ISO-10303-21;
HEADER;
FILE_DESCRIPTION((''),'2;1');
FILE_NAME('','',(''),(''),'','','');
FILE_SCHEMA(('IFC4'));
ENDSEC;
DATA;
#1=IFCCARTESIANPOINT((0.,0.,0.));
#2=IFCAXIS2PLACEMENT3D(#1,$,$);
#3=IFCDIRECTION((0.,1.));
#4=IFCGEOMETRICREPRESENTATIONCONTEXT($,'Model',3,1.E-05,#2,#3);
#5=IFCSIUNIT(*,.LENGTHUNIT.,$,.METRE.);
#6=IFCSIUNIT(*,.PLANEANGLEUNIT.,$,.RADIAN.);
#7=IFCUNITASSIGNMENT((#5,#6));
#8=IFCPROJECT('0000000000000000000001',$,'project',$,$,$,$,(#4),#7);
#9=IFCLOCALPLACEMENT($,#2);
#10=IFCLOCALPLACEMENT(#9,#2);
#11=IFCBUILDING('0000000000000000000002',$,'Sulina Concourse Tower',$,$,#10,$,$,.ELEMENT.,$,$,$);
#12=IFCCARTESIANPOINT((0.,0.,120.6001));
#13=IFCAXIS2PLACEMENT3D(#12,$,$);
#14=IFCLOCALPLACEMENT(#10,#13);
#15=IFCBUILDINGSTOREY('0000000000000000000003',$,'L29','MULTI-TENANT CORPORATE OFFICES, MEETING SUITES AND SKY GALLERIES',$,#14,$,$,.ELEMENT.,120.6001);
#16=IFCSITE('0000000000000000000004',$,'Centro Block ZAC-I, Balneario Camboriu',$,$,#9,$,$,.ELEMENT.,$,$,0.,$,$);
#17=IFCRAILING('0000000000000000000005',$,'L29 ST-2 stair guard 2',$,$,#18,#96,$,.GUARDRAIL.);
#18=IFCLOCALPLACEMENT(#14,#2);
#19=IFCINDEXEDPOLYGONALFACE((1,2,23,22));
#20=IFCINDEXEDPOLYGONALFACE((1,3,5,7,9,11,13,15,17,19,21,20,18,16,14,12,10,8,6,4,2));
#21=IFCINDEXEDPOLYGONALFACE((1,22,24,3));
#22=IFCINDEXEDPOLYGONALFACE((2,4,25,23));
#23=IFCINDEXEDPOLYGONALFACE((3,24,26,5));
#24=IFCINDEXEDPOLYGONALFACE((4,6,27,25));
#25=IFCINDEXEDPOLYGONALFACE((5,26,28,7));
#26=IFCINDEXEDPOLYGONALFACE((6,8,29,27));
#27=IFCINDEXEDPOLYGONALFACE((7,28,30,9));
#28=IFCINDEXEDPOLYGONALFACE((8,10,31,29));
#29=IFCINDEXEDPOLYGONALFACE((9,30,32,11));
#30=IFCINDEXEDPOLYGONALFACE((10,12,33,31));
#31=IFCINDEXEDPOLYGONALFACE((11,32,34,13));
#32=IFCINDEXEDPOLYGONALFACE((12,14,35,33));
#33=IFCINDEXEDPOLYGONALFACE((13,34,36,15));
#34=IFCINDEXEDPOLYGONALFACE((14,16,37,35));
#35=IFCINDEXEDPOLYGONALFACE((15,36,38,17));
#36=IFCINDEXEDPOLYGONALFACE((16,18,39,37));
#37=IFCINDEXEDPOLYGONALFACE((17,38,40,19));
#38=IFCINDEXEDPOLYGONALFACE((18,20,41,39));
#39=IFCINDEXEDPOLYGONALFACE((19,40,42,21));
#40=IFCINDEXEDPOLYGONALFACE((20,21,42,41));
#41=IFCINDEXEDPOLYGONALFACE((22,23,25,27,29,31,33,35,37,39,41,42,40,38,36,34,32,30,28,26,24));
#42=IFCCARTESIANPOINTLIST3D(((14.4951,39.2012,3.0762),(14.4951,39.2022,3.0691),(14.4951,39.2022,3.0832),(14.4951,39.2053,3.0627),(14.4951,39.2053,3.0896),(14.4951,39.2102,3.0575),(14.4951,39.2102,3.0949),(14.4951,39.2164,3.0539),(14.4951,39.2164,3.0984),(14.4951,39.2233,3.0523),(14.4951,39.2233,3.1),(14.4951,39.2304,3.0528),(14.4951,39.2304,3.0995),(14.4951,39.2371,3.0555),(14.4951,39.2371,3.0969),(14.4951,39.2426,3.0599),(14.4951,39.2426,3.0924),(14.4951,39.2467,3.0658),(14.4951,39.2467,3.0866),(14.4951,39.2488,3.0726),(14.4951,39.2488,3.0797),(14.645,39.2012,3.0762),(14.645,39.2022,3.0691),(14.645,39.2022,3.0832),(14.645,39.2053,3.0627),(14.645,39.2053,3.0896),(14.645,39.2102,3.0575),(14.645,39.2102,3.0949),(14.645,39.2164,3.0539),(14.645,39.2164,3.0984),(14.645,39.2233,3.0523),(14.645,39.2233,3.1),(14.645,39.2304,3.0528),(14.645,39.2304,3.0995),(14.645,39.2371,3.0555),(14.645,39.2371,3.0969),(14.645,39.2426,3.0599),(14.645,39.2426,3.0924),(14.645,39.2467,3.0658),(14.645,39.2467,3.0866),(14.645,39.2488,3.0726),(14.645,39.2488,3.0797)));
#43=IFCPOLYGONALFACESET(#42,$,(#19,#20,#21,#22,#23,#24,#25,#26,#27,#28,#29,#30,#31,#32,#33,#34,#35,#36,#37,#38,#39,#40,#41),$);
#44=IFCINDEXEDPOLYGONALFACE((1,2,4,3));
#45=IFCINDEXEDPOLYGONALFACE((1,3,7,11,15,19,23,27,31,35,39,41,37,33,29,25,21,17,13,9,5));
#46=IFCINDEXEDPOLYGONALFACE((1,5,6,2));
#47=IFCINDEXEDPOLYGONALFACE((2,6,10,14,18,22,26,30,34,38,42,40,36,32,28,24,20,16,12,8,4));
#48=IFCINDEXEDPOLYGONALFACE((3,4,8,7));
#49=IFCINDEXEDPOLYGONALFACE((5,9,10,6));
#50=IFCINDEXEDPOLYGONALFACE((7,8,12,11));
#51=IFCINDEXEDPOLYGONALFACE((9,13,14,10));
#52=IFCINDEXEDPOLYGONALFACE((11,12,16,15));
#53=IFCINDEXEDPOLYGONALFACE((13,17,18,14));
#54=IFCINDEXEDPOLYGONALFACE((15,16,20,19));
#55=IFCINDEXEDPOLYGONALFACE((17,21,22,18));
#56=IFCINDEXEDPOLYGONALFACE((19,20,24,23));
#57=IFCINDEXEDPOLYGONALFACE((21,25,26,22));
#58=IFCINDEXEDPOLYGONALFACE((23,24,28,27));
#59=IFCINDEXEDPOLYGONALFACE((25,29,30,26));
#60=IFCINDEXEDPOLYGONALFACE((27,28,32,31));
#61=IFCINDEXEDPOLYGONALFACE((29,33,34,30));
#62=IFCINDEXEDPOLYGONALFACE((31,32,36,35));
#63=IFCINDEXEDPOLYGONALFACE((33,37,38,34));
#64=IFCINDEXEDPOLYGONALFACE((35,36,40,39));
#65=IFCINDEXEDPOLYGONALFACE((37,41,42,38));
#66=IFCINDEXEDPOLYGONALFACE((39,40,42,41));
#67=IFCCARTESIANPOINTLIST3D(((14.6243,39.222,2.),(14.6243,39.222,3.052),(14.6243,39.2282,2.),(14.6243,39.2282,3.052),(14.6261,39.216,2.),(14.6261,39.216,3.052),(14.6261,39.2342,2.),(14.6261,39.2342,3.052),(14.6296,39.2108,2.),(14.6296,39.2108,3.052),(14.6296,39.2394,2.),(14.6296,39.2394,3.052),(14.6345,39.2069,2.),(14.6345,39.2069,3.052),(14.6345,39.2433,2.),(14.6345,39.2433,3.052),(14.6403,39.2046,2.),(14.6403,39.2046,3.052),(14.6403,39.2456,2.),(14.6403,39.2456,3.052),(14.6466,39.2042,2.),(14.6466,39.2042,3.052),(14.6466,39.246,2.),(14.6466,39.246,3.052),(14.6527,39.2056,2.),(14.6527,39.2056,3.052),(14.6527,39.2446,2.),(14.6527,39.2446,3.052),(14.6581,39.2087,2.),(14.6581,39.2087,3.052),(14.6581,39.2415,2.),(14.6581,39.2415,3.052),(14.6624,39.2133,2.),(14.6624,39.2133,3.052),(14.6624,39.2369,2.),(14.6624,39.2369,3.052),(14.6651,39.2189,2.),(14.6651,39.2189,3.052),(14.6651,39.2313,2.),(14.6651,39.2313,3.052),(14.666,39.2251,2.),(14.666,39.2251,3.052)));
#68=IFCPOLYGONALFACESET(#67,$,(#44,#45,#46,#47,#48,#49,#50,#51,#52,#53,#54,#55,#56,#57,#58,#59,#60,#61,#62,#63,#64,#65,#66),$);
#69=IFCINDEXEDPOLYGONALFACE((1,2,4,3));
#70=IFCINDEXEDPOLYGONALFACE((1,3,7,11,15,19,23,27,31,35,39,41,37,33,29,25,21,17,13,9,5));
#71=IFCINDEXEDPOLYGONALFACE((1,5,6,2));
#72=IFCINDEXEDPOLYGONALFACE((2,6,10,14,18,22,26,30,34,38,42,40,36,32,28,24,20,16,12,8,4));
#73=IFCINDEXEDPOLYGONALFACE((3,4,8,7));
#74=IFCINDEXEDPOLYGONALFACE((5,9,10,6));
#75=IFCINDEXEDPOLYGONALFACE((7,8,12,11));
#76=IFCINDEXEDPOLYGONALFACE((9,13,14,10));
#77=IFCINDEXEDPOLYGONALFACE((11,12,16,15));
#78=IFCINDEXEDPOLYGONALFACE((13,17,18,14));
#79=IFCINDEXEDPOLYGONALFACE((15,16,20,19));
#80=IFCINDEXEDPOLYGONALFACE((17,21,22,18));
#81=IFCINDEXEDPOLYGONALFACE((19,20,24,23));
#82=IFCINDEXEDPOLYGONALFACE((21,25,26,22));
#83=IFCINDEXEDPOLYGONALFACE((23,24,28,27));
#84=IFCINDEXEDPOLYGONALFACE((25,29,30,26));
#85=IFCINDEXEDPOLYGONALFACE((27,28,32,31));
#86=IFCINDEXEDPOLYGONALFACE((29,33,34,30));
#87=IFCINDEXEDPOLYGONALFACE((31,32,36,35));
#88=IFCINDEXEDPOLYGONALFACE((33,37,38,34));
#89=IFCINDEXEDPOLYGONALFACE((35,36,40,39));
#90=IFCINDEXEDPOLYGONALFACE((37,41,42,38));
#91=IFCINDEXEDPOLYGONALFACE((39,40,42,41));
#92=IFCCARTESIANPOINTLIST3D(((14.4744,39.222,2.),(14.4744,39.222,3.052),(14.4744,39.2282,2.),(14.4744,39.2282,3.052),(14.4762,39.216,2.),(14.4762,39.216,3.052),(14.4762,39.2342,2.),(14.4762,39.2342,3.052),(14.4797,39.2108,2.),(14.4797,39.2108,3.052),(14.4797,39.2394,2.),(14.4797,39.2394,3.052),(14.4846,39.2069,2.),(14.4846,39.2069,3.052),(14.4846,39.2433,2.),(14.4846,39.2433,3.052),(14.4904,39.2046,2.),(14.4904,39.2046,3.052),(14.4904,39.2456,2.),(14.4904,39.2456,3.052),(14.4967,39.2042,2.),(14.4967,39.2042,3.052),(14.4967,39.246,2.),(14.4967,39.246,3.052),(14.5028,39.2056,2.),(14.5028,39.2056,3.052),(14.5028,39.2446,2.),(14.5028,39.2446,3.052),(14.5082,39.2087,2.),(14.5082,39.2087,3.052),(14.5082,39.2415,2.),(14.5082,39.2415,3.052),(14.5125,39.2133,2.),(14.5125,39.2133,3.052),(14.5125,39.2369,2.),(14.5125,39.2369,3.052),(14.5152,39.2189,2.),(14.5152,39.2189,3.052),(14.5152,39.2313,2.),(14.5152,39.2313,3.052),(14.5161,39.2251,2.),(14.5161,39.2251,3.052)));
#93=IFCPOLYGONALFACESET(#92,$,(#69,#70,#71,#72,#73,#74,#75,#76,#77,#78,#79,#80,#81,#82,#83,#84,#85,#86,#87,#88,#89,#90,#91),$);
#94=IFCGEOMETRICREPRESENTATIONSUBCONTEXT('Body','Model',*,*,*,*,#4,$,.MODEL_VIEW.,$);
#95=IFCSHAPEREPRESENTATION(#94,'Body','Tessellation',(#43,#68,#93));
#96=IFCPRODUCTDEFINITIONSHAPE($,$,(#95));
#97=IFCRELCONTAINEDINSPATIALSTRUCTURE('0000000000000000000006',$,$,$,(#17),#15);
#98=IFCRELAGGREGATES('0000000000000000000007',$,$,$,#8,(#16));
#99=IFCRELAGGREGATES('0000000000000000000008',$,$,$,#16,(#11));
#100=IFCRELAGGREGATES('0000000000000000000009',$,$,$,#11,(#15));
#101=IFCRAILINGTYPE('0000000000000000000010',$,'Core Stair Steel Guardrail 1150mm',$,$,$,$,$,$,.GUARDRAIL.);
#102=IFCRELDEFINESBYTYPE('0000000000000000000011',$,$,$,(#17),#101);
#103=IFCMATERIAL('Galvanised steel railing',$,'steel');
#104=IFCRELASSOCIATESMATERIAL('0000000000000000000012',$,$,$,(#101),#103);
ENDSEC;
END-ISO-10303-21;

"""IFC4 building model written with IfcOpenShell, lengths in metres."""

from ifc_helpers import new_model, si_unit, direction, frame, origin, origin_2d, place, context, subcontext, project, spatial, circle, extrude, material, type_object, element, save


model = new_model("IFC4")

# Units and contexts
model_context = context("Model", 3, precision=1e-05, world=origin(), true_north=direction((0.0, 1.0)))
body_context = subcontext(model_context, "Body", "Model", "MODEL_VIEW")
ifc_project = project(units=[si_unit("LENGTHUNIT", "METRE"), si_unit("PLANEANGLEUNIT", "RADIAN")], contexts=[model_context])

# Site, building, storey
site_placement = place(None, origin())
site = spatial("IfcSite", under=ifc_project, at=site_placement, Name="Centro Block ZAC-I, Balneario Camboriu", CompositionType="ELEMENT", RefElevation=0.0)
building_placement = place(site_placement, origin())
building = spatial("IfcBuilding", under=site, at=building_placement, Name="Sulina Concourse Tower", CompositionType="ELEMENT")
storey_placement = place(building_placement, frame((0.0, 0.0, 120.6001)))
storey = spatial("IfcBuildingStorey", under=building, at=storey_placement, Name="L29", Description="MULTI-TENANT CORPORATE OFFICES, MEETING SUITES AND SKY GALLERIES", CompositionType="ELEMENT", Elevation=120.6001)

# Railing
ifc_material_1 = material(Name="Galvanised steel railing", Category="steel")
railing_type_1 = type_object("IfcRailingType", Name="Core Stair Steel Guardrail 1150mm", PredefinedType="GUARDRAIL", material=ifc_material_1)
railing_1_placement = place(storey_placement, frame((14.645, 39.2251, 2.0)))
element("IfcRailing", 1, at=railing_1_placement, inside=storey, type_object=railing_type_1, Name="L29 ST-2 stair guard 2", PredefinedType="GUARDRAIL", context=body_context, shape_type="SweptSolid", body=[
    extrude(circle(Radius=0.0239, at=origin_2d()), frame((0.0, 0.0, 1.0762), z_axis=(-1.0, 0.0, 0.0), x_axis=(0.0, -1.0, 0.0)), (0.0, 0.0, 1.0), 0.1499),
    extrude(circle(Radius=0.021, at=origin_2d()), origin(), (0.0, 0.0, 1.0), 1.052),
    extrude(circle(Radius=0.021, at=origin_2d()), frame((-0.1499, 0.0, 0.0)), (0.0, 0.0, 1.0), 1.052),
])

save(model, "model.ifc")
